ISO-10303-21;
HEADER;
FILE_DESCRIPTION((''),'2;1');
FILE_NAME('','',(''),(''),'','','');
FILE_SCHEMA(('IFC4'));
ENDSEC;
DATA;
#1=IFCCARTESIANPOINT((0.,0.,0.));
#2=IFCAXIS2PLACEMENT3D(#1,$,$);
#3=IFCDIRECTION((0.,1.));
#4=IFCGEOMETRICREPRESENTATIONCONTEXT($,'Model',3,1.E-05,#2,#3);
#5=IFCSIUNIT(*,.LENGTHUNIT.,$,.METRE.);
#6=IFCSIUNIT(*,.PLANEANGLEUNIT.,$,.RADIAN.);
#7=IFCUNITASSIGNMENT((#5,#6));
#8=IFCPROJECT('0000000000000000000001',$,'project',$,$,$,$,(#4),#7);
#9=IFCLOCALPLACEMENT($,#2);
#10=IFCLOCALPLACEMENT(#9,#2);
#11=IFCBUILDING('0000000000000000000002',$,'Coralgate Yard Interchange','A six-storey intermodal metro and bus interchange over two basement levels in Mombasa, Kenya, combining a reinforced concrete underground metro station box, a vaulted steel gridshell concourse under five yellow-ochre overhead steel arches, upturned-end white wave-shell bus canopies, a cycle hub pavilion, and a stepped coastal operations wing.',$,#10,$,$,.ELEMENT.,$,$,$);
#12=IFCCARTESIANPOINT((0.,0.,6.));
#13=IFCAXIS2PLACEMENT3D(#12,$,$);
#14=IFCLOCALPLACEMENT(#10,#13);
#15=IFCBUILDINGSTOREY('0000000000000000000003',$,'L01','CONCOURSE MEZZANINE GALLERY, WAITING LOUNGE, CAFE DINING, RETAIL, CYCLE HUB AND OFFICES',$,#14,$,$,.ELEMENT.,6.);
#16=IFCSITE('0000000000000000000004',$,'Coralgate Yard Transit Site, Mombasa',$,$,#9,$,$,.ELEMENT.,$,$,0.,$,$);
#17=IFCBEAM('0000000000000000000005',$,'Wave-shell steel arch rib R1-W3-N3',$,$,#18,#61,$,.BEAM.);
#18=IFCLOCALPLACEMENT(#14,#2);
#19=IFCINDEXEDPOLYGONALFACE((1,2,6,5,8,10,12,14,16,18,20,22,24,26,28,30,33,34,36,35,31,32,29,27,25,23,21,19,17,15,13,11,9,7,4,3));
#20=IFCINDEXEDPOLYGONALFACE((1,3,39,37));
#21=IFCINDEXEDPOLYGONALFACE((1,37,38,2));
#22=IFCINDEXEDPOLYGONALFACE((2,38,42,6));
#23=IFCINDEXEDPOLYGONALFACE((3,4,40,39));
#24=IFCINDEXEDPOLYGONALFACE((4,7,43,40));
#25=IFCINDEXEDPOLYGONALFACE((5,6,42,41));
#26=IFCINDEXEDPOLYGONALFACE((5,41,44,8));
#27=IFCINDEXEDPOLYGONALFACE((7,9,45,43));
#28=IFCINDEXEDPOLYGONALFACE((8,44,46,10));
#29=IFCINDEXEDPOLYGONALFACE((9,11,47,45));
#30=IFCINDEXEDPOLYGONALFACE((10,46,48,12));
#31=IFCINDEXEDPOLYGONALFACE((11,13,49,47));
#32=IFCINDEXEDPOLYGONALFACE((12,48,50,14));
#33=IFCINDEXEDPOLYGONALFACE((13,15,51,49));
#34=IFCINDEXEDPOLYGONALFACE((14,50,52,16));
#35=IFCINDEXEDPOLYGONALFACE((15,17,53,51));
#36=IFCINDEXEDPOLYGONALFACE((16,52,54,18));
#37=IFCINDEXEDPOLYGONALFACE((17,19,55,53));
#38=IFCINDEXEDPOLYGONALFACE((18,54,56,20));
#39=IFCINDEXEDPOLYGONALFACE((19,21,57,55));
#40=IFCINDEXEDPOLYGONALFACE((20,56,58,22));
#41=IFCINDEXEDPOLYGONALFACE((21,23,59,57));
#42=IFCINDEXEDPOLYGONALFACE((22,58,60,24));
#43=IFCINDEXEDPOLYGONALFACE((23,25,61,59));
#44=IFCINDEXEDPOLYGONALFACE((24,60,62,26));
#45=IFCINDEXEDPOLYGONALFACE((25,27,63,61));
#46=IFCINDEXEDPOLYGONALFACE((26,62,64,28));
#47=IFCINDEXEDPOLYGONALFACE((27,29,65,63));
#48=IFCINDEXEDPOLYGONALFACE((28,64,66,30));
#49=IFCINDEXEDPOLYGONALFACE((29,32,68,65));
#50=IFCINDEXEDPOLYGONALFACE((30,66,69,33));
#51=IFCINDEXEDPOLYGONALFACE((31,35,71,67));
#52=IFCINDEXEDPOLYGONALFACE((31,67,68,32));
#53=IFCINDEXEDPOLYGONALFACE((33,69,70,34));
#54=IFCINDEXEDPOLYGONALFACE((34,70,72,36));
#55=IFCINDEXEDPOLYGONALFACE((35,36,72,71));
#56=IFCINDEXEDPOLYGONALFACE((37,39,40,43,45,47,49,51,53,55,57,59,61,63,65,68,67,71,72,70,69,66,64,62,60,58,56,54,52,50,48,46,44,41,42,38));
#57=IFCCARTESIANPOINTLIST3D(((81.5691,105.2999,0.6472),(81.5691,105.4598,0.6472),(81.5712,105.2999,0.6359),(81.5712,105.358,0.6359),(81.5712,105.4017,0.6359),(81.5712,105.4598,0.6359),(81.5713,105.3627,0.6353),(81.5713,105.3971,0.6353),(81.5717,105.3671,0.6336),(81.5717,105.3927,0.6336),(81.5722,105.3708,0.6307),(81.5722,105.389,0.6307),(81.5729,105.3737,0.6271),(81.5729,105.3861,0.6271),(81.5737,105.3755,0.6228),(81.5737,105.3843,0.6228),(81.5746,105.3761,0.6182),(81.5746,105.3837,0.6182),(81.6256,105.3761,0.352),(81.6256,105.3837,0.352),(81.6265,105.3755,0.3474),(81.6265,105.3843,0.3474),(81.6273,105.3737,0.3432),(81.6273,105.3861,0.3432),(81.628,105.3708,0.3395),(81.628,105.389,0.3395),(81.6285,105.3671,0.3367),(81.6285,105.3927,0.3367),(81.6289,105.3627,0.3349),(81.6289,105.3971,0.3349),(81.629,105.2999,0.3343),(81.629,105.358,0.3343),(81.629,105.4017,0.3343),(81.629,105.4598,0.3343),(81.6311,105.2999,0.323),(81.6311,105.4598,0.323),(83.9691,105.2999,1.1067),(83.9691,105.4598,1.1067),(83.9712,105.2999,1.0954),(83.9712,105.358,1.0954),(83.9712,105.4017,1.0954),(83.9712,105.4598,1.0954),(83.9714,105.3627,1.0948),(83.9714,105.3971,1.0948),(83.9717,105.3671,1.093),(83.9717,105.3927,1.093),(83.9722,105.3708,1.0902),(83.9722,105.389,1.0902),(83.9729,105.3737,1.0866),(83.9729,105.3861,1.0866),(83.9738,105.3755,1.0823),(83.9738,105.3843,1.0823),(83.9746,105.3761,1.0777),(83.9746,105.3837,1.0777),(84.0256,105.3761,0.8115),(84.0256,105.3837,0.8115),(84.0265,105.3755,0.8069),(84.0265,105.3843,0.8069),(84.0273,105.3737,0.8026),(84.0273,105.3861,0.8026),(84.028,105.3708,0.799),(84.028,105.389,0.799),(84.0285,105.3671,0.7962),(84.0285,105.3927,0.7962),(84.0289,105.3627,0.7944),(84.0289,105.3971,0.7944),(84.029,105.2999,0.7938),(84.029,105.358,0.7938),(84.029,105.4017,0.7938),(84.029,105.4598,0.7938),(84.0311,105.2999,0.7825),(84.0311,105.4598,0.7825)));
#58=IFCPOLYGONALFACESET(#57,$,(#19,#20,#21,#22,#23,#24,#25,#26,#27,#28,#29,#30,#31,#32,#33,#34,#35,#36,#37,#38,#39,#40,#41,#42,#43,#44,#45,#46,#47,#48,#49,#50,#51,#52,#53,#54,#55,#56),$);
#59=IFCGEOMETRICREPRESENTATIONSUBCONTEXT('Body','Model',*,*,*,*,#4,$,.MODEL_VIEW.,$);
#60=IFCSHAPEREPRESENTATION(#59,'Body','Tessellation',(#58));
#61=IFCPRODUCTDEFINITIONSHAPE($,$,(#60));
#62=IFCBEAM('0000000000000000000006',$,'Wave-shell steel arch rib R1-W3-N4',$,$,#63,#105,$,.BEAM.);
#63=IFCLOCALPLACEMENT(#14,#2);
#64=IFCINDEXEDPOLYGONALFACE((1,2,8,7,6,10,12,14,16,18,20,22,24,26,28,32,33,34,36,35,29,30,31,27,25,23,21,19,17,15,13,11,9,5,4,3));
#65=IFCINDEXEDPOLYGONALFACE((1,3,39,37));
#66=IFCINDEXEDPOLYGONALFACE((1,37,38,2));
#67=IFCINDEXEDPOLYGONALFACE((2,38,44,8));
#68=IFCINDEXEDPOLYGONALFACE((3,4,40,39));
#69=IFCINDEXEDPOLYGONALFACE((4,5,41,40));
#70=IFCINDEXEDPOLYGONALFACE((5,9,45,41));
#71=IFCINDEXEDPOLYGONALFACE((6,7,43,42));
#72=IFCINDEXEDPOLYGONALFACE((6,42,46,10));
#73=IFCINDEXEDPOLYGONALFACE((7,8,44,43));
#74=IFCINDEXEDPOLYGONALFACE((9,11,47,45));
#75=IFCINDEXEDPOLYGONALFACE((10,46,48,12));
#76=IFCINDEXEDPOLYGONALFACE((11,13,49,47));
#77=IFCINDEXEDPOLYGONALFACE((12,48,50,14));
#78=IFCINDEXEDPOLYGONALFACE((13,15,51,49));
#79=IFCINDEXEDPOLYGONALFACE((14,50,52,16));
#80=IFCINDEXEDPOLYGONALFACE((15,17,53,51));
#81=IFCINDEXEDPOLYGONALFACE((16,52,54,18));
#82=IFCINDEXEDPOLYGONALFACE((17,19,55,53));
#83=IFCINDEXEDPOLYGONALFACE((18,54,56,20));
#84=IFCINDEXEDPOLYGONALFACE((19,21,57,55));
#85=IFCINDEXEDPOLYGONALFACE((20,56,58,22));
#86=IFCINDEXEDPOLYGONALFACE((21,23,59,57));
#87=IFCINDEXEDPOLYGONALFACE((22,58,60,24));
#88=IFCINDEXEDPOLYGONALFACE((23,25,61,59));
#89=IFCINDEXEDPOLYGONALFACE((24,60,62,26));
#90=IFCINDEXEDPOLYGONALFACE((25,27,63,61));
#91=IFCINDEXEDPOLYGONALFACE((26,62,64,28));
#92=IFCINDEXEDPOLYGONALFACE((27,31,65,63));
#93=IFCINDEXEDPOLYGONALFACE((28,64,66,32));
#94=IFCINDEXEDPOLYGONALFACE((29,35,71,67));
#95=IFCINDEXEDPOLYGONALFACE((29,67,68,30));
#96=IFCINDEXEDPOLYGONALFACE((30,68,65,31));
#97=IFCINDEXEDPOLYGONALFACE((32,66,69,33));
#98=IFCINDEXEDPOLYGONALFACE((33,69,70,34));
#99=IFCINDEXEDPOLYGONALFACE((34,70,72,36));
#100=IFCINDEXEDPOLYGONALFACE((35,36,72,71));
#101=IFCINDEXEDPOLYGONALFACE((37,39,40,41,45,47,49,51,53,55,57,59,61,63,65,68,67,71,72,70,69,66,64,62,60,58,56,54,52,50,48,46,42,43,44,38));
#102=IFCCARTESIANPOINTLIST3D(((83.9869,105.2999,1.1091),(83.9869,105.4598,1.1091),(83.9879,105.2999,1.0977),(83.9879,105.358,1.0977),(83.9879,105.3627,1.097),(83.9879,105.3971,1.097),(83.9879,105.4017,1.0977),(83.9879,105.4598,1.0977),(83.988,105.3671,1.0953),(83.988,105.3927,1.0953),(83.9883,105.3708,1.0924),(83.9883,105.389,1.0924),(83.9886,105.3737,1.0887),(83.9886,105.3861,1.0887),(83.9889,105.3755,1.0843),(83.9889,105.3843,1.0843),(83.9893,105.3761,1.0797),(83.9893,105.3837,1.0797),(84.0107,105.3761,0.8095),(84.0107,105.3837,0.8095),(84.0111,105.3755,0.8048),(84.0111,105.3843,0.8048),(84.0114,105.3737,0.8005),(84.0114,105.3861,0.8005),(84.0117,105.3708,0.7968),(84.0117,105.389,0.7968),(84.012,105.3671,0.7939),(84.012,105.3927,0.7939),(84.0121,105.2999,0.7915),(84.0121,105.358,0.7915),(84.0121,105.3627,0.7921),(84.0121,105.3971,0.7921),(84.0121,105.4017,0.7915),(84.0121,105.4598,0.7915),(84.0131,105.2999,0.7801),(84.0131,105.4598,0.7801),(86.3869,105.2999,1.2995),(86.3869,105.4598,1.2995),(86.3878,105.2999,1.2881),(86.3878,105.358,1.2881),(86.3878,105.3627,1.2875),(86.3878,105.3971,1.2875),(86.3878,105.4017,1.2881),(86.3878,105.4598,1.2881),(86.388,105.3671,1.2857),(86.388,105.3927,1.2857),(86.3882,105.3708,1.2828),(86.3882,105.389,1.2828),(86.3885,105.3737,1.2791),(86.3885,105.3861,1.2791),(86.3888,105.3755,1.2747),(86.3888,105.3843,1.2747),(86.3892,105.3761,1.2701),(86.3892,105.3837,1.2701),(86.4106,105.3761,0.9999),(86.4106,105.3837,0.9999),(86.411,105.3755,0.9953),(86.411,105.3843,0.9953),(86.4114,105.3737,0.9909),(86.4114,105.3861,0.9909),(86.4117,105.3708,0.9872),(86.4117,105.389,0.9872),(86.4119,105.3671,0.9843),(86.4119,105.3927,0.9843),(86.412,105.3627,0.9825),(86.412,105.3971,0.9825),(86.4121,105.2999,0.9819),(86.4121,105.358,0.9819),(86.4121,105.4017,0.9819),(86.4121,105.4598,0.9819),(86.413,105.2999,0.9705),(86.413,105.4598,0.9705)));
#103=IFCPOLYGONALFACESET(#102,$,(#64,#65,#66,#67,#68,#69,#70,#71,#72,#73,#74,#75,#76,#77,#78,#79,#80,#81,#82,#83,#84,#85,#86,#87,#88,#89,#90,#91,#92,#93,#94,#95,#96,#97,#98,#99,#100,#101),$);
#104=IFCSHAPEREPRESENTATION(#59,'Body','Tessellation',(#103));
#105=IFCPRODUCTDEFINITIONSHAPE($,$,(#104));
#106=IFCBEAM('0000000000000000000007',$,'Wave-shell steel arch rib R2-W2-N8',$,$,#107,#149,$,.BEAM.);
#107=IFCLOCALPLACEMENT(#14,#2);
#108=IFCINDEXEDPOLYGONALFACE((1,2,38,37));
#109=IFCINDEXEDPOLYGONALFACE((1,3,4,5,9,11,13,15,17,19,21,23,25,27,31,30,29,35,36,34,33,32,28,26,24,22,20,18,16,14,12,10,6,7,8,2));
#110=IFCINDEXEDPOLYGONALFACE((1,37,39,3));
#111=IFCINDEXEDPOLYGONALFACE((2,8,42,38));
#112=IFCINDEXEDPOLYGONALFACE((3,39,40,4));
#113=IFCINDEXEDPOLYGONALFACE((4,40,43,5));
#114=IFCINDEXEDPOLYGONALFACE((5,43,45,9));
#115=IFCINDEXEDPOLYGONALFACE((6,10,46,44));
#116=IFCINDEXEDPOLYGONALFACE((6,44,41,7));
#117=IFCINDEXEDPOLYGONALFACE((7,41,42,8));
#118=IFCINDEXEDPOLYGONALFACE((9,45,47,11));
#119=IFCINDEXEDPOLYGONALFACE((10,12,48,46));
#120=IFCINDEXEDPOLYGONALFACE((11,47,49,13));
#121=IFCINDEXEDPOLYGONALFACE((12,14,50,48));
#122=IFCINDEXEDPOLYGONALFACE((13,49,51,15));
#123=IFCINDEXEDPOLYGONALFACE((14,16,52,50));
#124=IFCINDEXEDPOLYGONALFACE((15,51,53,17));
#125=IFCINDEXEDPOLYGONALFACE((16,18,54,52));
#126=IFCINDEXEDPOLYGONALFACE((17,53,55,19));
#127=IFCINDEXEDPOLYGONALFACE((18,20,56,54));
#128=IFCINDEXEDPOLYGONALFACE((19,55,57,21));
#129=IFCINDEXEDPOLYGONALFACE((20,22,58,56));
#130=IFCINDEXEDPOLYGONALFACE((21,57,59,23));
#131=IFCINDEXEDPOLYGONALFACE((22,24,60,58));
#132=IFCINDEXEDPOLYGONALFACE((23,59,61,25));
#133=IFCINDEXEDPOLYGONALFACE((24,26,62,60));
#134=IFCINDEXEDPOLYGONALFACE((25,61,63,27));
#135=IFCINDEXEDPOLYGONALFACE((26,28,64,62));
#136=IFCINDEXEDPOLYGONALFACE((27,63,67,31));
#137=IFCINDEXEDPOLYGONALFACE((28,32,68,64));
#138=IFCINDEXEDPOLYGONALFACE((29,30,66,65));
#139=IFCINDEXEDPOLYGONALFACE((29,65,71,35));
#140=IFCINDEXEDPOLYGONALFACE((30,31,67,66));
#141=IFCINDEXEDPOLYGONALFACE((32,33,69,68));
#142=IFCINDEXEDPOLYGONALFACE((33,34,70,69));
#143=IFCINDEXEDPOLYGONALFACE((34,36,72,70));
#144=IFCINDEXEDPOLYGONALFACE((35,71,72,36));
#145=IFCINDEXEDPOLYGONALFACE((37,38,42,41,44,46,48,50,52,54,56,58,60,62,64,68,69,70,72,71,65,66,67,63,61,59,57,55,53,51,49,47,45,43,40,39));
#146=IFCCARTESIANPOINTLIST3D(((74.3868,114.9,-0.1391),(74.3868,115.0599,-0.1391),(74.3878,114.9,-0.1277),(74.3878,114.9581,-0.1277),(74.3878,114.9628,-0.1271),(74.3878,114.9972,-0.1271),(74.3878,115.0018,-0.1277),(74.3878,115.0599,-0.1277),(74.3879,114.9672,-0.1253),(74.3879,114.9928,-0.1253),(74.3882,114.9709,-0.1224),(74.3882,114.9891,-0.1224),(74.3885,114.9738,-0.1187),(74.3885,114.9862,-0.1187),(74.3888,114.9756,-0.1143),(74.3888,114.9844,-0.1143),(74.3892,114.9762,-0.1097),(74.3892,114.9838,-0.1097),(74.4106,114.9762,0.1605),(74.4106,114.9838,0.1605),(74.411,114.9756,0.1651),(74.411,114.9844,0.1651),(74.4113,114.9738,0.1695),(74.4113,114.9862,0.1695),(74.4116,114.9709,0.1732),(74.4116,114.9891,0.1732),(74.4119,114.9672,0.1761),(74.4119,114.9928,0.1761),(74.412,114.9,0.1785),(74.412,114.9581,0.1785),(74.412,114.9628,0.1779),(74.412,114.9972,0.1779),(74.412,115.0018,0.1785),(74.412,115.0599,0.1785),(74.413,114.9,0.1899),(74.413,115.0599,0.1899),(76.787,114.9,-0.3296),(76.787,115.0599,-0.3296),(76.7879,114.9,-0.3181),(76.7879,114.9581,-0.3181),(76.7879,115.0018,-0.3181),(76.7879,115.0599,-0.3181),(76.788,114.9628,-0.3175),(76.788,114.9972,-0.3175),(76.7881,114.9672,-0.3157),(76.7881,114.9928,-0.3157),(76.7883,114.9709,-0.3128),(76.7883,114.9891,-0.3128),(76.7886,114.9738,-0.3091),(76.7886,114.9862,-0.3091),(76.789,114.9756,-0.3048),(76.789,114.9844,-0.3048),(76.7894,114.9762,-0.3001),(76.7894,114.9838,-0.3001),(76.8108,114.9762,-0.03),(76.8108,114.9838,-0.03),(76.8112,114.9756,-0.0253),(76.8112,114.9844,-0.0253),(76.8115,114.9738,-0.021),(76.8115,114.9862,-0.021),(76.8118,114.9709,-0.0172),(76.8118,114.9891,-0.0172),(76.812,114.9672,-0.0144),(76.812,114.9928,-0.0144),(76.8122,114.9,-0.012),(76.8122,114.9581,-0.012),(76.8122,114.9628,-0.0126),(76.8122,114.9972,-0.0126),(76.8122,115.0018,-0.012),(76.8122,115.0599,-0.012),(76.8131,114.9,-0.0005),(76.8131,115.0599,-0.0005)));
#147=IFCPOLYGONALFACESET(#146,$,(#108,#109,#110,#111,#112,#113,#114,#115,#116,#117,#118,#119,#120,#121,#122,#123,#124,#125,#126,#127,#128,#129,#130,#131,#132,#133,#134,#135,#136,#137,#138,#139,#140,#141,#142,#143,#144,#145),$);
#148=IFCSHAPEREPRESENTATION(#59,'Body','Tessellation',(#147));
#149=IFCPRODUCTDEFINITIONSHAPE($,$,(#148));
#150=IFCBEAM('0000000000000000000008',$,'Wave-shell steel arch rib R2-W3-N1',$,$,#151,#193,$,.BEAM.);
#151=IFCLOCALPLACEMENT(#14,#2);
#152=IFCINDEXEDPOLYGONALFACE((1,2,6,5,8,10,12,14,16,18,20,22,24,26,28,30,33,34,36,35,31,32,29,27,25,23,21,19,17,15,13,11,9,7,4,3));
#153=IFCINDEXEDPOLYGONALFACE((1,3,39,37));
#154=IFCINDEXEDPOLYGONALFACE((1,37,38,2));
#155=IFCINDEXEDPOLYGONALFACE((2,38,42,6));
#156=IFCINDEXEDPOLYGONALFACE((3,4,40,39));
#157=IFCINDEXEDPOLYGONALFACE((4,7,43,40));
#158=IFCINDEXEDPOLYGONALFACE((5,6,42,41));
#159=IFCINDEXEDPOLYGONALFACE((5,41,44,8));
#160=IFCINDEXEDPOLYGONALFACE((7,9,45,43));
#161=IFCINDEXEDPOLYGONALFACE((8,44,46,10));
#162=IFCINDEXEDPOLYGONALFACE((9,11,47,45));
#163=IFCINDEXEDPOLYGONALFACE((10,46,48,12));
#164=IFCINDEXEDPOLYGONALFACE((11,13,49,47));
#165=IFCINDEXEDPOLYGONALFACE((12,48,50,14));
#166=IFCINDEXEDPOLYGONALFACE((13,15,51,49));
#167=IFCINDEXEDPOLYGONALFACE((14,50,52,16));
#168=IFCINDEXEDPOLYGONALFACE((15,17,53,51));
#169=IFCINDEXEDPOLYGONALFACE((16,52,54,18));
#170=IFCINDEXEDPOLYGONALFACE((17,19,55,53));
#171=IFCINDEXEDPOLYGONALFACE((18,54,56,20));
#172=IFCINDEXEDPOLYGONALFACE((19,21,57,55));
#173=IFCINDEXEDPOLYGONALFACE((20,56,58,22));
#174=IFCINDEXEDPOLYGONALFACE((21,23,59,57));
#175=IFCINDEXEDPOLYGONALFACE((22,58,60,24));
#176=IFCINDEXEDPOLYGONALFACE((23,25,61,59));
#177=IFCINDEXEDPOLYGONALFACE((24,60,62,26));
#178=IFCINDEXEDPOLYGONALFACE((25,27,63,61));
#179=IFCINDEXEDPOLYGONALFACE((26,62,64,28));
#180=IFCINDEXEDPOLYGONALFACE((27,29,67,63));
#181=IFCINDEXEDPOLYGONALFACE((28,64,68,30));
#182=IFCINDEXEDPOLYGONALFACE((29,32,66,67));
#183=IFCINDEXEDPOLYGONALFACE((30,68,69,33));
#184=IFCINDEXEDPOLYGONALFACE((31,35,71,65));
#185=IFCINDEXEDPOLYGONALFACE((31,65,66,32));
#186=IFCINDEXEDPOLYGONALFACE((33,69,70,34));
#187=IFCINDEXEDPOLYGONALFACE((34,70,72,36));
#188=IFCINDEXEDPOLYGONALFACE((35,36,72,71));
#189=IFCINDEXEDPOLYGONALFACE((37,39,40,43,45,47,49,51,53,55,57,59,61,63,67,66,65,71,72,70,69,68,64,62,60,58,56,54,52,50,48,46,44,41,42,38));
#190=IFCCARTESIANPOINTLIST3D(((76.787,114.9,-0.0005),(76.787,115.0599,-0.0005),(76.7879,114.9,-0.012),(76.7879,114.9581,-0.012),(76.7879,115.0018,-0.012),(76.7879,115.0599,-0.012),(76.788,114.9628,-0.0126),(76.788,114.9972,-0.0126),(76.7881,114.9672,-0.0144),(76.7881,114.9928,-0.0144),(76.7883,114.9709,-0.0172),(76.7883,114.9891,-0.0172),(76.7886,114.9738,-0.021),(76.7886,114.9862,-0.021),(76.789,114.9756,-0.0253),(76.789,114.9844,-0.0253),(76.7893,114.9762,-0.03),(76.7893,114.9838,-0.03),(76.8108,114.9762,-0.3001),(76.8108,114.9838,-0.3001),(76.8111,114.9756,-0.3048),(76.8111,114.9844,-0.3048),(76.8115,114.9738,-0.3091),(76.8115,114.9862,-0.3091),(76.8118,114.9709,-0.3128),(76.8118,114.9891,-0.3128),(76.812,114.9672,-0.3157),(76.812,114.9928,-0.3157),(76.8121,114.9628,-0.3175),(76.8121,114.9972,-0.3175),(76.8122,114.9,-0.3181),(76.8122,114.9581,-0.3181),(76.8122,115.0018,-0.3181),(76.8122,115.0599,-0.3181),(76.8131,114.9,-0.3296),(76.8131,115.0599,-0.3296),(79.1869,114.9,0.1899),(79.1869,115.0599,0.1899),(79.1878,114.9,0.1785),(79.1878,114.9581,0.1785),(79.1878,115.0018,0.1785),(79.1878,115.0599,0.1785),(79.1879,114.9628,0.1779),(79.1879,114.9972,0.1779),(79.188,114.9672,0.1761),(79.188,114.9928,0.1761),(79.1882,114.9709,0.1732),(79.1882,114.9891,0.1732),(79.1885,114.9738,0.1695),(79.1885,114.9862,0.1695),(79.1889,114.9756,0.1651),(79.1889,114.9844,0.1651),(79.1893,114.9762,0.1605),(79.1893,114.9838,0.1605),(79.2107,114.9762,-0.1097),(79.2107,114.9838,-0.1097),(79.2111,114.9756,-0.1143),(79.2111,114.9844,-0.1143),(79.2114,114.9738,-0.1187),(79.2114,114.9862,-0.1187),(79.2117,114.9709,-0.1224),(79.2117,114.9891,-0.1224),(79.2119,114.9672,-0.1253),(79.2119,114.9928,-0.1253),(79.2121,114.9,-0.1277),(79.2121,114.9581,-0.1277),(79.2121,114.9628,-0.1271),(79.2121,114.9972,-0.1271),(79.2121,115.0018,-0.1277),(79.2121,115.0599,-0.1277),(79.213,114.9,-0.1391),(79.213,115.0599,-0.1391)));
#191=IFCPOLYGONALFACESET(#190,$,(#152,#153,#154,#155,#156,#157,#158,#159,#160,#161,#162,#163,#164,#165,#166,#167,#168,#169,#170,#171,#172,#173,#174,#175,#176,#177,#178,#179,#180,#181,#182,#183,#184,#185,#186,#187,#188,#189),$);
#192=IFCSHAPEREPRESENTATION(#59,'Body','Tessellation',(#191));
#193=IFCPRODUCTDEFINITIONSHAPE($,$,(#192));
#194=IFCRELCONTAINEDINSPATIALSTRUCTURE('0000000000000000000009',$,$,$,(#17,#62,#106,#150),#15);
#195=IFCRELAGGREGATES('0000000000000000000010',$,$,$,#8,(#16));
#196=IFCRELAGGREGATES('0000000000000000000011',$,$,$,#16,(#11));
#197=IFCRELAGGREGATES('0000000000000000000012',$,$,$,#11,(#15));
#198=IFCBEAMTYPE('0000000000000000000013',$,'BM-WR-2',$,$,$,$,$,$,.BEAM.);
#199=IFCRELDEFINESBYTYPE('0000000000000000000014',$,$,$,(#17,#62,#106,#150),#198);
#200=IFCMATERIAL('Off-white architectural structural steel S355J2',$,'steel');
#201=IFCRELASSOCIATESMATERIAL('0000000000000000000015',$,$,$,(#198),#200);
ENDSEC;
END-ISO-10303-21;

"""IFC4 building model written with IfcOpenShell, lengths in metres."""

from ifc_helpers import new_model, si_unit, direction, frame, origin, origin_2d, place, context, subcontext, project, spatial, i_section, extrude, material, material_profile, profile_set, type_object, element, save


model = new_model("IFC4")

# Units and contexts
model_context = context("Model", 3, precision=1e-05, world=origin(), true_north=direction((0.0, 1.0)))
body_context = subcontext(model_context, "Body", "Model", "MODEL_VIEW")
ifc_project = project(units=[si_unit("LENGTHUNIT", "METRE"), si_unit("PLANEANGLEUNIT", "RADIAN")], contexts=[model_context])

# Site, building, storey
site_placement = place(None, origin())
site = spatial("IfcSite", under=ifc_project, at=site_placement, Name="Coralgate Yard Transit Site, Mombasa", CompositionType="ELEMENT", RefElevation=0.0)
building_placement = place(site_placement, origin())
building = spatial("IfcBuilding", under=site, at=building_placement, Name="Coralgate Yard Interchange", Description="A six-storey intermodal metro and bus interchange over two basement levels in Mombasa, Kenya, combining a reinforced concrete underground metro station box, a vaulted steel gridshell concourse under five yellow-ochre overhead steel arches, upturned-end white wave-shell bus canopies, a cycle hub pavilion, and a stepped coastal operations wing.", CompositionType="ELEMENT")
storey_placement = place(building_placement, frame((0.0, 0.0, 6.0)))
storey = spatial("IfcBuildingStorey", under=building, at=storey_placement, Name="L01", Description="CONCOURSE MEZZANINE GALLERY, WAITING LOUNGE, CAFE DINING, RETAIL, CYCLE HUB AND OFFICES", CompositionType="ELEMENT", Elevation=6.0)

# Beams
ifc_material_1 = material(Name="Off-white architectural structural steel S355J2", Category="steel")
ifc_material_profile_1 = material_profile(ifc_material_1, i_section(OverallWidth=0.1599, OverallDepth=0.3301, WebThickness=0.0076, FlangeThickness=0.0115, FilletRadius=0.0181, at=origin_2d()), Name="IPE 330")
ifc_profile_set_1 = profile_set([ifc_material_profile_1], Name="Off-white architectural structural steel S355J2")
beam_type_1 = type_object("IfcBeamType", Name="BM-WR-2", PredefinedType="BEAM", material=ifc_profile_set_1)
beam_1_placement = place(storey_placement, frame((81.6001, 105.3799, 0.4851), z_axis=(0.982161, 0.0, 0.188039), x_axis=(0.0, 1.0, 0.0)))
element("IfcBeam", 1, at=beam_1_placement, inside=storey, type_object=beam_type_1, Name="Wave-shell steel arch rib R1-W3-N3", PredefinedType="BEAM", context=body_context, shape_type="SweptSolid", body=[
    extrude(i_section(OverallWidth=0.1599, OverallDepth=0.3301, WebThickness=0.0076, FlangeThickness=0.0115, FilletRadius=0.0181, at=origin_2d()), origin(), (0.0, 0.0, 1.0), 2.4436),
])
beam_2_placement = place(storey_placement, frame((84.0, 105.3799, 0.9446), z_axis=(0.996867, 0.0, 0.0791), x_axis=(0.0, 1.0, 0.0)))
element("IfcBeam", 2, at=beam_2_placement, inside=storey, type_object=beam_type_1, Name="Wave-shell steel arch rib R1-W3-N4", PredefinedType="BEAM", context=body_context, shape_type="SweptSolid", body=[
    extrude(i_section(OverallWidth=0.1599, OverallDepth=0.3301, WebThickness=0.0076, FlangeThickness=0.0115, FilletRadius=0.0181, at=origin_2d()), origin(), (0.0, 0.0, 1.0), 2.4075),
])
beam_3_placement = place(storey_placement, frame((74.3999, 114.98, 0.0254), z_axis=(0.996867, 0.0, -0.079092), x_axis=(0.0, 1.0, 0.0)))
element("IfcBeam", 3, at=beam_3_placement, inside=storey, type_object=beam_type_1, Name="Wave-shell steel arch rib R2-W2-N8", PredefinedType="BEAM", context=body_context, shape_type="SweptSolid", body=[
    extrude(i_section(OverallWidth=0.1599, OverallDepth=0.3301, WebThickness=0.0076, FlangeThickness=0.0115, FilletRadius=0.0181, at=origin_2d()), origin(), (0.0, 0.0, 1.0), 2.4077),
])
beam_4_placement = place(storey_placement, frame((76.8, 114.98, -0.165), z_axis=(0.996867, 0.0, 0.0791), x_axis=(0.0, 1.0, 0.0)))
element("IfcBeam", 4, at=beam_4_placement, inside=storey, type_object=beam_type_1, Name="Wave-shell steel arch rib R2-W3-N1", PredefinedType="BEAM", context=body_context, shape_type="SweptSolid", body=[
    extrude(i_section(OverallWidth=0.1599, OverallDepth=0.3301, WebThickness=0.0076, FlangeThickness=0.0115, FilletRadius=0.0181, at=origin_2d()), origin(), (0.0, 0.0, 1.0), 2.4075),
])

save(model, "model.ifc")
